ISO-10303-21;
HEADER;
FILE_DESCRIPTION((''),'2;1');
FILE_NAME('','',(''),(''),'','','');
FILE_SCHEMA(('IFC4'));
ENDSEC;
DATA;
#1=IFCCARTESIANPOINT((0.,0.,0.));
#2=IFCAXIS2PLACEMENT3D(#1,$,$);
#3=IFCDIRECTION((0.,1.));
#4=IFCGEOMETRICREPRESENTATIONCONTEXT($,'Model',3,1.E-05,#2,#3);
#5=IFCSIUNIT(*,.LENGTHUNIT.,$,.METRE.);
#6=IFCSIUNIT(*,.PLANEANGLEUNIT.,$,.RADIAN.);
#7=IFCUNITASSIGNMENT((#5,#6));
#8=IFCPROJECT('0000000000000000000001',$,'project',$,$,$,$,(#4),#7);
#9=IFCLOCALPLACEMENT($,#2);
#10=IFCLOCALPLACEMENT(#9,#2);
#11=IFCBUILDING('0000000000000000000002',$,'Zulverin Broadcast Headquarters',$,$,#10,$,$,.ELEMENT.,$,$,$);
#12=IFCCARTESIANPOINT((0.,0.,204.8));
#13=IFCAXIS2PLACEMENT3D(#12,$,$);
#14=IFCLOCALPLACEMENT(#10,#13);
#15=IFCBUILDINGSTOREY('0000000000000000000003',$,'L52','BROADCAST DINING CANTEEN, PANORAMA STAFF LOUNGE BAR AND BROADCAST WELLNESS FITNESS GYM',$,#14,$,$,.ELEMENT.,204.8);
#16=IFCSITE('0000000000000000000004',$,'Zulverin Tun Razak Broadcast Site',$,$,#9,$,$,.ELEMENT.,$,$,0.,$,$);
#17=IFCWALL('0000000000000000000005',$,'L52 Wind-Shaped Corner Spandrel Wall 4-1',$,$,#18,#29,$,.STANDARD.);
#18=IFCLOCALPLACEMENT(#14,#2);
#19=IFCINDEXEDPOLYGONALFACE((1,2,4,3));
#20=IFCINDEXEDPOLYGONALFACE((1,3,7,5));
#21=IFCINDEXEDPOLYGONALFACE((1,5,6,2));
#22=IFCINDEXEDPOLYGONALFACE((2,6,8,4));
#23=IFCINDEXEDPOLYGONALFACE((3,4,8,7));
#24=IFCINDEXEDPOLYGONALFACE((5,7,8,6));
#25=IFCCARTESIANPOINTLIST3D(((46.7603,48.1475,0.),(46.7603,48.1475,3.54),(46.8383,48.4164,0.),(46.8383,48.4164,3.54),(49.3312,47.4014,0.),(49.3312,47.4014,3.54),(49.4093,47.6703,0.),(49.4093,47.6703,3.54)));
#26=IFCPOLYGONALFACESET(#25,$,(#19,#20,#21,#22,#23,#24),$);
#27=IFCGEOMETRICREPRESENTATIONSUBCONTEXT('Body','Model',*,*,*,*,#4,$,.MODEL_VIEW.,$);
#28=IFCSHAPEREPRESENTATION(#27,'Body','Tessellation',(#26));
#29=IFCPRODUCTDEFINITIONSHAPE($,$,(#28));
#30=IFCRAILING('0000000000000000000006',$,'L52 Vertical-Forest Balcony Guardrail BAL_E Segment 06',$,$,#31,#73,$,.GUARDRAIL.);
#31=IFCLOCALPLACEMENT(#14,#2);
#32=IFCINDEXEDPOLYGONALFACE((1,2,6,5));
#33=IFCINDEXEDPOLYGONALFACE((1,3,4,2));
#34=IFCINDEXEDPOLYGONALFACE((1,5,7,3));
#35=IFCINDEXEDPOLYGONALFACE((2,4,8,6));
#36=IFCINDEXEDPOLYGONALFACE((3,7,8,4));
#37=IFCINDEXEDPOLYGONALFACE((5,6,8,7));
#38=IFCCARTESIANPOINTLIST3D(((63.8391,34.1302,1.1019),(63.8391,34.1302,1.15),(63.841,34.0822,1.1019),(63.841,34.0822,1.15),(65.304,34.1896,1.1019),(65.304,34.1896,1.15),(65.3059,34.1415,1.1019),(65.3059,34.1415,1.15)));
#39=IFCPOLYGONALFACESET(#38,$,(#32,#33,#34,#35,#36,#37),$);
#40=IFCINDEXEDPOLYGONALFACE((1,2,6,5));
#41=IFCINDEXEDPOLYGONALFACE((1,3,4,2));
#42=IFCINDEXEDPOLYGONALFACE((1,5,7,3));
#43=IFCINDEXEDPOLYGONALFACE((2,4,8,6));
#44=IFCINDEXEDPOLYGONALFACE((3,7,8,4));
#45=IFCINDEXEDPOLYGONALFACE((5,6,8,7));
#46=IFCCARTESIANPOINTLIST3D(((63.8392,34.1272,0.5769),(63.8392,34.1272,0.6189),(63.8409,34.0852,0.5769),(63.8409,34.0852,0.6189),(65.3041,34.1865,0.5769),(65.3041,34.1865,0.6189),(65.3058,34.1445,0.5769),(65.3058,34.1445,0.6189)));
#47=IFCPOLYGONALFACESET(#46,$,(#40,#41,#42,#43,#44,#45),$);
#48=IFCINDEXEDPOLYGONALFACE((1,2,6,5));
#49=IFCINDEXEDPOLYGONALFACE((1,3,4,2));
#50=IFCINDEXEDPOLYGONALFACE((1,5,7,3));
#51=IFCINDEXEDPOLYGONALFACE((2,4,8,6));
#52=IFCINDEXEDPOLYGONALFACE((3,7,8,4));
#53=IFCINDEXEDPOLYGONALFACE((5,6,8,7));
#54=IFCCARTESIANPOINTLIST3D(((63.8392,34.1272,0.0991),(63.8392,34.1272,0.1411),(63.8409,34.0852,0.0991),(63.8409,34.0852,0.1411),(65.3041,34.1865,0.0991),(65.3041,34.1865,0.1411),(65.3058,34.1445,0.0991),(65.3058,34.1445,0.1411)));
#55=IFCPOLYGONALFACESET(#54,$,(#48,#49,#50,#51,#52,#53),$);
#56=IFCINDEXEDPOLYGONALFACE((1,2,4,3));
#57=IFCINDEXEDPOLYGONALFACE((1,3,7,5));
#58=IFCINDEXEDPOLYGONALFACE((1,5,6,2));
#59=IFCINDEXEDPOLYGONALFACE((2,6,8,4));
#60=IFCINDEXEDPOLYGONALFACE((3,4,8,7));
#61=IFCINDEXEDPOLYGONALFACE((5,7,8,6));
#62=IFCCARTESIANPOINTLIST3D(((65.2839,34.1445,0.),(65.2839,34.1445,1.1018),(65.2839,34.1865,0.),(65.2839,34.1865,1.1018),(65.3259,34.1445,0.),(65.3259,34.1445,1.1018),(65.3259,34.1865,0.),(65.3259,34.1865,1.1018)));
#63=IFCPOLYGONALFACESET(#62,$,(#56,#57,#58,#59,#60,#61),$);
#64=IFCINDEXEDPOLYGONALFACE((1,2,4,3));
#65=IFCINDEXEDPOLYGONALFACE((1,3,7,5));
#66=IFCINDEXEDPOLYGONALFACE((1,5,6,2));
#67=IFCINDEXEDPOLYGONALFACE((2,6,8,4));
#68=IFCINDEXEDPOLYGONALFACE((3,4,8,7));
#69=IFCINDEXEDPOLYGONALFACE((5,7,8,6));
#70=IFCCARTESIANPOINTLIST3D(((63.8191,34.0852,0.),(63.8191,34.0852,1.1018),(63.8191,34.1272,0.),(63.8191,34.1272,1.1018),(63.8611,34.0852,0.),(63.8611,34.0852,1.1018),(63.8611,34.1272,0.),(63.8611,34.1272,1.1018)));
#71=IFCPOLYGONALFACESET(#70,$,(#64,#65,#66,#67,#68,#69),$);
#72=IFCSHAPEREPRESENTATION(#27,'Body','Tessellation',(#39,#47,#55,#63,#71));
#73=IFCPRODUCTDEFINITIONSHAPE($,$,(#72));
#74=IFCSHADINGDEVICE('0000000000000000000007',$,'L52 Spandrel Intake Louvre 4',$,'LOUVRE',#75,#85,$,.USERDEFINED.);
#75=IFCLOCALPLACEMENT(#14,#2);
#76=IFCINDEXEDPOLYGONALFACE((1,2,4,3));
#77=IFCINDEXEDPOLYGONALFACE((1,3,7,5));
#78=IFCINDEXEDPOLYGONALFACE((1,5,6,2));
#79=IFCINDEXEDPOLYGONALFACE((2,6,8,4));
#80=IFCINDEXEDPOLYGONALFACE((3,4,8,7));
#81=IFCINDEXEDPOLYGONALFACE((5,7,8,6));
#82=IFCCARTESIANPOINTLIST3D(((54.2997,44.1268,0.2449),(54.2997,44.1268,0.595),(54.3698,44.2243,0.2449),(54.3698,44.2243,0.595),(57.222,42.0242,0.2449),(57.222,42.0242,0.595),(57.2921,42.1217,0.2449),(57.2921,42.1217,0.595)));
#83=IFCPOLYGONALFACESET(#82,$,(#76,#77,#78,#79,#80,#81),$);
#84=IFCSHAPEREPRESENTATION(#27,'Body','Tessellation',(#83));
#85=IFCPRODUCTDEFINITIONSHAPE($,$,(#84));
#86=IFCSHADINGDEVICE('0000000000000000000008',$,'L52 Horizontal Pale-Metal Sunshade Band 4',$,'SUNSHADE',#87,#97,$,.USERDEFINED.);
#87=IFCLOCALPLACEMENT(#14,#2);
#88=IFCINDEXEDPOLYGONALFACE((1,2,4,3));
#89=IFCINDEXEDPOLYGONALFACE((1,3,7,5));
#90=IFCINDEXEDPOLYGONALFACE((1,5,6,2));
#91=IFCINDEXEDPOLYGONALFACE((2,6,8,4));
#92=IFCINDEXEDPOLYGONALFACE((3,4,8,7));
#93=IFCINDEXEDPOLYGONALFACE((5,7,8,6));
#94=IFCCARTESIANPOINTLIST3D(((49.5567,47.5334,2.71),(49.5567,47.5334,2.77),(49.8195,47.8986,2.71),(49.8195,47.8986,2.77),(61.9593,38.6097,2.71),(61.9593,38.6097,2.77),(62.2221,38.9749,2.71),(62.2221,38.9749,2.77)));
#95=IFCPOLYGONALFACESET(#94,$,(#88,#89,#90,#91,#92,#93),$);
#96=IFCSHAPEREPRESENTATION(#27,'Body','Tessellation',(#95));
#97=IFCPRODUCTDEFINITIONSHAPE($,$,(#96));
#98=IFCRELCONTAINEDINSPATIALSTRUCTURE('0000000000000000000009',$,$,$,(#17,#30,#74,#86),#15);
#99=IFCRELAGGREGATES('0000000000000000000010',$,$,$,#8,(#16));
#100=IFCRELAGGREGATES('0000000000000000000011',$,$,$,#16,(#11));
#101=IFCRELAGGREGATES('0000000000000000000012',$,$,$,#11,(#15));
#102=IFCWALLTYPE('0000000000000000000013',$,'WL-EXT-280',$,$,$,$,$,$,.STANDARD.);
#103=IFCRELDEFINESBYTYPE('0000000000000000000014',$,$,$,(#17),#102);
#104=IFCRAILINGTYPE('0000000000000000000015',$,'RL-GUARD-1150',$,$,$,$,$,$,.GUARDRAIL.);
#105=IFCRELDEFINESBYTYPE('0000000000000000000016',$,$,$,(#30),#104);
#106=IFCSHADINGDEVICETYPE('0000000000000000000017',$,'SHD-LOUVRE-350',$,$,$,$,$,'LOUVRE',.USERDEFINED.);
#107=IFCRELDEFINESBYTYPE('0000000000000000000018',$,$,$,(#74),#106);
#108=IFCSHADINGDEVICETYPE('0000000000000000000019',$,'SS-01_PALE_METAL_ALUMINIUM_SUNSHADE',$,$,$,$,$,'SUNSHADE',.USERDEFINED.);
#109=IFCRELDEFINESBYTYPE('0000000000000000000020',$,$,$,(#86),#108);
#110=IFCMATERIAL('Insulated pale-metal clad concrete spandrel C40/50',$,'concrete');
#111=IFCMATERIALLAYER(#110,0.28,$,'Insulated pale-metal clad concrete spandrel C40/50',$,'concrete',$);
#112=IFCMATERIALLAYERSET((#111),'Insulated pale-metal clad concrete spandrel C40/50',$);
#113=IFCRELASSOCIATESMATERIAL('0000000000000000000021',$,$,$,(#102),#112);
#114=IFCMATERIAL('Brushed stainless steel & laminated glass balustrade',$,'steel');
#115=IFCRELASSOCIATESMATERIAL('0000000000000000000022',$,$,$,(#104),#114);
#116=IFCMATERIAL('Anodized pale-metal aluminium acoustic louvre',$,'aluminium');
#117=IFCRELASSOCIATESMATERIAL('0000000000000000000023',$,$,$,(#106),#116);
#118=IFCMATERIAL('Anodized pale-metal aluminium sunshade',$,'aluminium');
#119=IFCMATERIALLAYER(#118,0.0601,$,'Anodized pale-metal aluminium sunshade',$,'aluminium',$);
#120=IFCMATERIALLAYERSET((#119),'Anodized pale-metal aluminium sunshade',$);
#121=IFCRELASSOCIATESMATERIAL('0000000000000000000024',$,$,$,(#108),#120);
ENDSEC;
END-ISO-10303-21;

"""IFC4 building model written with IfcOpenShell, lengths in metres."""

from ifc_helpers import new_model, si_unit, direction, frame, frame_2d, origin, origin_2d, place, context, subcontext, project, spatial, rectangle, extrude, material, layer, layer_set, type_object, element, save


model = new_model("IFC4")

# Units and contexts
model_context = context("Model", 3, precision=1e-05, world=origin(), true_north=direction((0.0, 1.0)))
body_context = subcontext(model_context, "Body", "Model", "MODEL_VIEW")
ifc_project = project(units=[si_unit("LENGTHUNIT", "METRE"), si_unit("PLANEANGLEUNIT", "RADIAN")], contexts=[model_context])

# Site, building, storey
site_placement = place(None, origin())
site = spatial("IfcSite", under=ifc_project, at=site_placement, Name="Zulverin Tun Razak Broadcast Site", CompositionType="ELEMENT", RefElevation=0.0)
building_placement = place(site_placement, origin())
building = spatial("IfcBuilding", under=site, at=building_placement, Name="Zulverin Broadcast Headquarters", CompositionType="ELEMENT")
storey_placement = place(building_placement, frame((0.0, 0.0, 204.8)))
storey = spatial("IfcBuildingStorey", under=building, at=storey_placement, Name="L52", Description="BROADCAST DINING CANTEEN, PANORAMA STAFF LOUNGE BAR AND BROADCAST WELLNESS FITNESS GYM", CompositionType="ELEMENT", Elevation=204.8)

# Shared definitions
ifc_material_1 = material(Name="Insulated pale-metal clad concrete spandrel C40/50", Category="concrete")
ifc_layer_1 = layer(ifc_material_1, 0.28, Name="Insulated pale-metal clad concrete spandrel C40/50", Category="concrete")
ifc_layer_set_1 = layer_set([ifc_layer_1], Name="Insulated pale-metal clad concrete spandrel C40/50")
wall_type = type_object("IfcWallType", Name="WL-EXT-280", PredefinedType="STANDARD", material=ifc_layer_set_1)

# Wall
wall_1_placement = place(storey_placement, frame((49.3701, 47.5359, 0.0), z_axis=(0.0, 0.0, 1.0), x_axis=(-0.96038, 0.278694, 0.0)))
element("IfcWall", 1, at=wall_1_placement, inside=storey, type_object=wall_type, Name="L52 Wind-Shaped Corner Spandrel Wall 4-1", PredefinedType="STANDARD", context=body_context, shape_type="SweptSolid", body=[
    extrude(rectangle(XDim=2.677, YDim=0.28, at=frame_2d((1.3384, 0.0))), origin(), (0.0, 0.0, 1.0), 3.54),
])

# Railing
ifc_material_2 = material(Name="Brushed stainless steel & laminated glass balustrade", Category="steel")
railing_type = type_object("IfcRailingType", Name="RL-GUARD-1150", PredefinedType="GUARDRAIL", material=ifc_material_2)
railing_placement = place(storey_placement, frame((65.3049, 34.1655, 0.0)))
element("IfcRailing", 2, at=railing_placement, inside=storey, type_object=railing_type, Name="L52 Vertical-Forest Balcony Guardrail BAL_E Segment 06", PredefinedType="GUARDRAIL", context=body_context, shape_type="SweptSolid", body=[
    extrude(rectangle(XDim=0.0481, YDim=0.0481, at=origin_2d()), frame((0.0, 0.0, 1.126), z_axis=(-0.999181, -0.040467, 0.0), x_axis=(0.040467, -0.999181, 0.0)), (0.0, 0.0, 1.0), 1.4661),
    extrude(rectangle(XDim=0.042, YDim=0.042, at=origin_2d()), frame((0.0, 0.0, 0.5979), z_axis=(-0.999181, -0.040467, 0.0), x_axis=(0.040467, -0.999181, 0.0)), (0.0, 0.0, 1.0), 1.4661),
    extrude(rectangle(XDim=0.042, YDim=0.042, at=origin_2d()), frame((0.0, 0.0, 0.1201), z_axis=(-0.999181, -0.040467, 0.0), x_axis=(0.040467, -0.999181, 0.0)), (0.0, 0.0, 1.0), 1.4661),
    extrude(rectangle(XDim=0.042, YDim=0.042, at=origin_2d()), origin(), (0.0, 0.0, 1.0), 1.1018),
    extrude(rectangle(XDim=0.042, YDim=0.042, at=origin_2d()), frame((-1.4648, -0.0593, 0.0)), (0.0, 0.0, 1.0), 1.1018),
])

# Shading devices
ifc_material_3 = material(Name="Anodized pale-metal aluminium acoustic louvre", Category="aluminium")
shading_device_type_1 = type_object("IfcShadingDeviceType", Name="SHD-LOUVRE-350", ElementType="LOUVRE", PredefinedType="USERDEFINED", material=ifc_material_3)
shading_device_1_placement = place(storey_placement, frame((55.7959, 43.1243, 0.2449), z_axis=(0.0, 0.0, 1.0), x_axis=(-0.811724, 0.584041, 0.0)))
element("IfcShadingDevice", 3, at=shading_device_1_placement, inside=storey, type_object=shading_device_type_1, Name="L52 Spandrel Intake Louvre 4", ObjectType="LOUVRE", PredefinedType="USERDEFINED", context=body_context, shape_type="SweptSolid", body=[
    extrude(rectangle(XDim=3.6001, YDim=0.1201, at=origin_2d()), origin(), (0.0, 0.0, 1.0), 0.3501),
])
ifc_material_4 = material(Name="Anodized pale-metal aluminium sunshade", Category="aluminium")
ifc_layer_2 = layer(ifc_material_4, 0.0601, Name="Anodized pale-metal aluminium sunshade", Category="aluminium")
ifc_layer_set_2 = layer_set([ifc_layer_2], Name="Anodized pale-metal aluminium sunshade")
shading_device_type_2 = type_object("IfcShadingDeviceType", Name="SS-01_PALE_METAL_ALUMINIUM_SUNSHADE", ElementType="SUNSHADE", PredefinedType="USERDEFINED", material=ifc_layer_set_2)
shading_device_2_placement = place(storey_placement, frame((55.8894, 43.2542, 2.71), z_axis=(0.0, 0.0, 1.0), x_axis=(-0.811724, 0.584041, 0.0)))
element("IfcShadingDevice", 4, at=shading_device_2_placement, inside=storey, type_object=shading_device_type_2, Name="L52 Horizontal Pale-Metal Sunshade Band 4", ObjectType="SUNSHADE", PredefinedType="USERDEFINED", context=body_context, shape_type="SweptSolid", body=[
    extrude(rectangle(XDim=15.2793, YDim=0.45, at=origin_2d()), origin(), (0.0, 0.0, 1.0), 0.0601),
])

save(model, "model.ifc")
